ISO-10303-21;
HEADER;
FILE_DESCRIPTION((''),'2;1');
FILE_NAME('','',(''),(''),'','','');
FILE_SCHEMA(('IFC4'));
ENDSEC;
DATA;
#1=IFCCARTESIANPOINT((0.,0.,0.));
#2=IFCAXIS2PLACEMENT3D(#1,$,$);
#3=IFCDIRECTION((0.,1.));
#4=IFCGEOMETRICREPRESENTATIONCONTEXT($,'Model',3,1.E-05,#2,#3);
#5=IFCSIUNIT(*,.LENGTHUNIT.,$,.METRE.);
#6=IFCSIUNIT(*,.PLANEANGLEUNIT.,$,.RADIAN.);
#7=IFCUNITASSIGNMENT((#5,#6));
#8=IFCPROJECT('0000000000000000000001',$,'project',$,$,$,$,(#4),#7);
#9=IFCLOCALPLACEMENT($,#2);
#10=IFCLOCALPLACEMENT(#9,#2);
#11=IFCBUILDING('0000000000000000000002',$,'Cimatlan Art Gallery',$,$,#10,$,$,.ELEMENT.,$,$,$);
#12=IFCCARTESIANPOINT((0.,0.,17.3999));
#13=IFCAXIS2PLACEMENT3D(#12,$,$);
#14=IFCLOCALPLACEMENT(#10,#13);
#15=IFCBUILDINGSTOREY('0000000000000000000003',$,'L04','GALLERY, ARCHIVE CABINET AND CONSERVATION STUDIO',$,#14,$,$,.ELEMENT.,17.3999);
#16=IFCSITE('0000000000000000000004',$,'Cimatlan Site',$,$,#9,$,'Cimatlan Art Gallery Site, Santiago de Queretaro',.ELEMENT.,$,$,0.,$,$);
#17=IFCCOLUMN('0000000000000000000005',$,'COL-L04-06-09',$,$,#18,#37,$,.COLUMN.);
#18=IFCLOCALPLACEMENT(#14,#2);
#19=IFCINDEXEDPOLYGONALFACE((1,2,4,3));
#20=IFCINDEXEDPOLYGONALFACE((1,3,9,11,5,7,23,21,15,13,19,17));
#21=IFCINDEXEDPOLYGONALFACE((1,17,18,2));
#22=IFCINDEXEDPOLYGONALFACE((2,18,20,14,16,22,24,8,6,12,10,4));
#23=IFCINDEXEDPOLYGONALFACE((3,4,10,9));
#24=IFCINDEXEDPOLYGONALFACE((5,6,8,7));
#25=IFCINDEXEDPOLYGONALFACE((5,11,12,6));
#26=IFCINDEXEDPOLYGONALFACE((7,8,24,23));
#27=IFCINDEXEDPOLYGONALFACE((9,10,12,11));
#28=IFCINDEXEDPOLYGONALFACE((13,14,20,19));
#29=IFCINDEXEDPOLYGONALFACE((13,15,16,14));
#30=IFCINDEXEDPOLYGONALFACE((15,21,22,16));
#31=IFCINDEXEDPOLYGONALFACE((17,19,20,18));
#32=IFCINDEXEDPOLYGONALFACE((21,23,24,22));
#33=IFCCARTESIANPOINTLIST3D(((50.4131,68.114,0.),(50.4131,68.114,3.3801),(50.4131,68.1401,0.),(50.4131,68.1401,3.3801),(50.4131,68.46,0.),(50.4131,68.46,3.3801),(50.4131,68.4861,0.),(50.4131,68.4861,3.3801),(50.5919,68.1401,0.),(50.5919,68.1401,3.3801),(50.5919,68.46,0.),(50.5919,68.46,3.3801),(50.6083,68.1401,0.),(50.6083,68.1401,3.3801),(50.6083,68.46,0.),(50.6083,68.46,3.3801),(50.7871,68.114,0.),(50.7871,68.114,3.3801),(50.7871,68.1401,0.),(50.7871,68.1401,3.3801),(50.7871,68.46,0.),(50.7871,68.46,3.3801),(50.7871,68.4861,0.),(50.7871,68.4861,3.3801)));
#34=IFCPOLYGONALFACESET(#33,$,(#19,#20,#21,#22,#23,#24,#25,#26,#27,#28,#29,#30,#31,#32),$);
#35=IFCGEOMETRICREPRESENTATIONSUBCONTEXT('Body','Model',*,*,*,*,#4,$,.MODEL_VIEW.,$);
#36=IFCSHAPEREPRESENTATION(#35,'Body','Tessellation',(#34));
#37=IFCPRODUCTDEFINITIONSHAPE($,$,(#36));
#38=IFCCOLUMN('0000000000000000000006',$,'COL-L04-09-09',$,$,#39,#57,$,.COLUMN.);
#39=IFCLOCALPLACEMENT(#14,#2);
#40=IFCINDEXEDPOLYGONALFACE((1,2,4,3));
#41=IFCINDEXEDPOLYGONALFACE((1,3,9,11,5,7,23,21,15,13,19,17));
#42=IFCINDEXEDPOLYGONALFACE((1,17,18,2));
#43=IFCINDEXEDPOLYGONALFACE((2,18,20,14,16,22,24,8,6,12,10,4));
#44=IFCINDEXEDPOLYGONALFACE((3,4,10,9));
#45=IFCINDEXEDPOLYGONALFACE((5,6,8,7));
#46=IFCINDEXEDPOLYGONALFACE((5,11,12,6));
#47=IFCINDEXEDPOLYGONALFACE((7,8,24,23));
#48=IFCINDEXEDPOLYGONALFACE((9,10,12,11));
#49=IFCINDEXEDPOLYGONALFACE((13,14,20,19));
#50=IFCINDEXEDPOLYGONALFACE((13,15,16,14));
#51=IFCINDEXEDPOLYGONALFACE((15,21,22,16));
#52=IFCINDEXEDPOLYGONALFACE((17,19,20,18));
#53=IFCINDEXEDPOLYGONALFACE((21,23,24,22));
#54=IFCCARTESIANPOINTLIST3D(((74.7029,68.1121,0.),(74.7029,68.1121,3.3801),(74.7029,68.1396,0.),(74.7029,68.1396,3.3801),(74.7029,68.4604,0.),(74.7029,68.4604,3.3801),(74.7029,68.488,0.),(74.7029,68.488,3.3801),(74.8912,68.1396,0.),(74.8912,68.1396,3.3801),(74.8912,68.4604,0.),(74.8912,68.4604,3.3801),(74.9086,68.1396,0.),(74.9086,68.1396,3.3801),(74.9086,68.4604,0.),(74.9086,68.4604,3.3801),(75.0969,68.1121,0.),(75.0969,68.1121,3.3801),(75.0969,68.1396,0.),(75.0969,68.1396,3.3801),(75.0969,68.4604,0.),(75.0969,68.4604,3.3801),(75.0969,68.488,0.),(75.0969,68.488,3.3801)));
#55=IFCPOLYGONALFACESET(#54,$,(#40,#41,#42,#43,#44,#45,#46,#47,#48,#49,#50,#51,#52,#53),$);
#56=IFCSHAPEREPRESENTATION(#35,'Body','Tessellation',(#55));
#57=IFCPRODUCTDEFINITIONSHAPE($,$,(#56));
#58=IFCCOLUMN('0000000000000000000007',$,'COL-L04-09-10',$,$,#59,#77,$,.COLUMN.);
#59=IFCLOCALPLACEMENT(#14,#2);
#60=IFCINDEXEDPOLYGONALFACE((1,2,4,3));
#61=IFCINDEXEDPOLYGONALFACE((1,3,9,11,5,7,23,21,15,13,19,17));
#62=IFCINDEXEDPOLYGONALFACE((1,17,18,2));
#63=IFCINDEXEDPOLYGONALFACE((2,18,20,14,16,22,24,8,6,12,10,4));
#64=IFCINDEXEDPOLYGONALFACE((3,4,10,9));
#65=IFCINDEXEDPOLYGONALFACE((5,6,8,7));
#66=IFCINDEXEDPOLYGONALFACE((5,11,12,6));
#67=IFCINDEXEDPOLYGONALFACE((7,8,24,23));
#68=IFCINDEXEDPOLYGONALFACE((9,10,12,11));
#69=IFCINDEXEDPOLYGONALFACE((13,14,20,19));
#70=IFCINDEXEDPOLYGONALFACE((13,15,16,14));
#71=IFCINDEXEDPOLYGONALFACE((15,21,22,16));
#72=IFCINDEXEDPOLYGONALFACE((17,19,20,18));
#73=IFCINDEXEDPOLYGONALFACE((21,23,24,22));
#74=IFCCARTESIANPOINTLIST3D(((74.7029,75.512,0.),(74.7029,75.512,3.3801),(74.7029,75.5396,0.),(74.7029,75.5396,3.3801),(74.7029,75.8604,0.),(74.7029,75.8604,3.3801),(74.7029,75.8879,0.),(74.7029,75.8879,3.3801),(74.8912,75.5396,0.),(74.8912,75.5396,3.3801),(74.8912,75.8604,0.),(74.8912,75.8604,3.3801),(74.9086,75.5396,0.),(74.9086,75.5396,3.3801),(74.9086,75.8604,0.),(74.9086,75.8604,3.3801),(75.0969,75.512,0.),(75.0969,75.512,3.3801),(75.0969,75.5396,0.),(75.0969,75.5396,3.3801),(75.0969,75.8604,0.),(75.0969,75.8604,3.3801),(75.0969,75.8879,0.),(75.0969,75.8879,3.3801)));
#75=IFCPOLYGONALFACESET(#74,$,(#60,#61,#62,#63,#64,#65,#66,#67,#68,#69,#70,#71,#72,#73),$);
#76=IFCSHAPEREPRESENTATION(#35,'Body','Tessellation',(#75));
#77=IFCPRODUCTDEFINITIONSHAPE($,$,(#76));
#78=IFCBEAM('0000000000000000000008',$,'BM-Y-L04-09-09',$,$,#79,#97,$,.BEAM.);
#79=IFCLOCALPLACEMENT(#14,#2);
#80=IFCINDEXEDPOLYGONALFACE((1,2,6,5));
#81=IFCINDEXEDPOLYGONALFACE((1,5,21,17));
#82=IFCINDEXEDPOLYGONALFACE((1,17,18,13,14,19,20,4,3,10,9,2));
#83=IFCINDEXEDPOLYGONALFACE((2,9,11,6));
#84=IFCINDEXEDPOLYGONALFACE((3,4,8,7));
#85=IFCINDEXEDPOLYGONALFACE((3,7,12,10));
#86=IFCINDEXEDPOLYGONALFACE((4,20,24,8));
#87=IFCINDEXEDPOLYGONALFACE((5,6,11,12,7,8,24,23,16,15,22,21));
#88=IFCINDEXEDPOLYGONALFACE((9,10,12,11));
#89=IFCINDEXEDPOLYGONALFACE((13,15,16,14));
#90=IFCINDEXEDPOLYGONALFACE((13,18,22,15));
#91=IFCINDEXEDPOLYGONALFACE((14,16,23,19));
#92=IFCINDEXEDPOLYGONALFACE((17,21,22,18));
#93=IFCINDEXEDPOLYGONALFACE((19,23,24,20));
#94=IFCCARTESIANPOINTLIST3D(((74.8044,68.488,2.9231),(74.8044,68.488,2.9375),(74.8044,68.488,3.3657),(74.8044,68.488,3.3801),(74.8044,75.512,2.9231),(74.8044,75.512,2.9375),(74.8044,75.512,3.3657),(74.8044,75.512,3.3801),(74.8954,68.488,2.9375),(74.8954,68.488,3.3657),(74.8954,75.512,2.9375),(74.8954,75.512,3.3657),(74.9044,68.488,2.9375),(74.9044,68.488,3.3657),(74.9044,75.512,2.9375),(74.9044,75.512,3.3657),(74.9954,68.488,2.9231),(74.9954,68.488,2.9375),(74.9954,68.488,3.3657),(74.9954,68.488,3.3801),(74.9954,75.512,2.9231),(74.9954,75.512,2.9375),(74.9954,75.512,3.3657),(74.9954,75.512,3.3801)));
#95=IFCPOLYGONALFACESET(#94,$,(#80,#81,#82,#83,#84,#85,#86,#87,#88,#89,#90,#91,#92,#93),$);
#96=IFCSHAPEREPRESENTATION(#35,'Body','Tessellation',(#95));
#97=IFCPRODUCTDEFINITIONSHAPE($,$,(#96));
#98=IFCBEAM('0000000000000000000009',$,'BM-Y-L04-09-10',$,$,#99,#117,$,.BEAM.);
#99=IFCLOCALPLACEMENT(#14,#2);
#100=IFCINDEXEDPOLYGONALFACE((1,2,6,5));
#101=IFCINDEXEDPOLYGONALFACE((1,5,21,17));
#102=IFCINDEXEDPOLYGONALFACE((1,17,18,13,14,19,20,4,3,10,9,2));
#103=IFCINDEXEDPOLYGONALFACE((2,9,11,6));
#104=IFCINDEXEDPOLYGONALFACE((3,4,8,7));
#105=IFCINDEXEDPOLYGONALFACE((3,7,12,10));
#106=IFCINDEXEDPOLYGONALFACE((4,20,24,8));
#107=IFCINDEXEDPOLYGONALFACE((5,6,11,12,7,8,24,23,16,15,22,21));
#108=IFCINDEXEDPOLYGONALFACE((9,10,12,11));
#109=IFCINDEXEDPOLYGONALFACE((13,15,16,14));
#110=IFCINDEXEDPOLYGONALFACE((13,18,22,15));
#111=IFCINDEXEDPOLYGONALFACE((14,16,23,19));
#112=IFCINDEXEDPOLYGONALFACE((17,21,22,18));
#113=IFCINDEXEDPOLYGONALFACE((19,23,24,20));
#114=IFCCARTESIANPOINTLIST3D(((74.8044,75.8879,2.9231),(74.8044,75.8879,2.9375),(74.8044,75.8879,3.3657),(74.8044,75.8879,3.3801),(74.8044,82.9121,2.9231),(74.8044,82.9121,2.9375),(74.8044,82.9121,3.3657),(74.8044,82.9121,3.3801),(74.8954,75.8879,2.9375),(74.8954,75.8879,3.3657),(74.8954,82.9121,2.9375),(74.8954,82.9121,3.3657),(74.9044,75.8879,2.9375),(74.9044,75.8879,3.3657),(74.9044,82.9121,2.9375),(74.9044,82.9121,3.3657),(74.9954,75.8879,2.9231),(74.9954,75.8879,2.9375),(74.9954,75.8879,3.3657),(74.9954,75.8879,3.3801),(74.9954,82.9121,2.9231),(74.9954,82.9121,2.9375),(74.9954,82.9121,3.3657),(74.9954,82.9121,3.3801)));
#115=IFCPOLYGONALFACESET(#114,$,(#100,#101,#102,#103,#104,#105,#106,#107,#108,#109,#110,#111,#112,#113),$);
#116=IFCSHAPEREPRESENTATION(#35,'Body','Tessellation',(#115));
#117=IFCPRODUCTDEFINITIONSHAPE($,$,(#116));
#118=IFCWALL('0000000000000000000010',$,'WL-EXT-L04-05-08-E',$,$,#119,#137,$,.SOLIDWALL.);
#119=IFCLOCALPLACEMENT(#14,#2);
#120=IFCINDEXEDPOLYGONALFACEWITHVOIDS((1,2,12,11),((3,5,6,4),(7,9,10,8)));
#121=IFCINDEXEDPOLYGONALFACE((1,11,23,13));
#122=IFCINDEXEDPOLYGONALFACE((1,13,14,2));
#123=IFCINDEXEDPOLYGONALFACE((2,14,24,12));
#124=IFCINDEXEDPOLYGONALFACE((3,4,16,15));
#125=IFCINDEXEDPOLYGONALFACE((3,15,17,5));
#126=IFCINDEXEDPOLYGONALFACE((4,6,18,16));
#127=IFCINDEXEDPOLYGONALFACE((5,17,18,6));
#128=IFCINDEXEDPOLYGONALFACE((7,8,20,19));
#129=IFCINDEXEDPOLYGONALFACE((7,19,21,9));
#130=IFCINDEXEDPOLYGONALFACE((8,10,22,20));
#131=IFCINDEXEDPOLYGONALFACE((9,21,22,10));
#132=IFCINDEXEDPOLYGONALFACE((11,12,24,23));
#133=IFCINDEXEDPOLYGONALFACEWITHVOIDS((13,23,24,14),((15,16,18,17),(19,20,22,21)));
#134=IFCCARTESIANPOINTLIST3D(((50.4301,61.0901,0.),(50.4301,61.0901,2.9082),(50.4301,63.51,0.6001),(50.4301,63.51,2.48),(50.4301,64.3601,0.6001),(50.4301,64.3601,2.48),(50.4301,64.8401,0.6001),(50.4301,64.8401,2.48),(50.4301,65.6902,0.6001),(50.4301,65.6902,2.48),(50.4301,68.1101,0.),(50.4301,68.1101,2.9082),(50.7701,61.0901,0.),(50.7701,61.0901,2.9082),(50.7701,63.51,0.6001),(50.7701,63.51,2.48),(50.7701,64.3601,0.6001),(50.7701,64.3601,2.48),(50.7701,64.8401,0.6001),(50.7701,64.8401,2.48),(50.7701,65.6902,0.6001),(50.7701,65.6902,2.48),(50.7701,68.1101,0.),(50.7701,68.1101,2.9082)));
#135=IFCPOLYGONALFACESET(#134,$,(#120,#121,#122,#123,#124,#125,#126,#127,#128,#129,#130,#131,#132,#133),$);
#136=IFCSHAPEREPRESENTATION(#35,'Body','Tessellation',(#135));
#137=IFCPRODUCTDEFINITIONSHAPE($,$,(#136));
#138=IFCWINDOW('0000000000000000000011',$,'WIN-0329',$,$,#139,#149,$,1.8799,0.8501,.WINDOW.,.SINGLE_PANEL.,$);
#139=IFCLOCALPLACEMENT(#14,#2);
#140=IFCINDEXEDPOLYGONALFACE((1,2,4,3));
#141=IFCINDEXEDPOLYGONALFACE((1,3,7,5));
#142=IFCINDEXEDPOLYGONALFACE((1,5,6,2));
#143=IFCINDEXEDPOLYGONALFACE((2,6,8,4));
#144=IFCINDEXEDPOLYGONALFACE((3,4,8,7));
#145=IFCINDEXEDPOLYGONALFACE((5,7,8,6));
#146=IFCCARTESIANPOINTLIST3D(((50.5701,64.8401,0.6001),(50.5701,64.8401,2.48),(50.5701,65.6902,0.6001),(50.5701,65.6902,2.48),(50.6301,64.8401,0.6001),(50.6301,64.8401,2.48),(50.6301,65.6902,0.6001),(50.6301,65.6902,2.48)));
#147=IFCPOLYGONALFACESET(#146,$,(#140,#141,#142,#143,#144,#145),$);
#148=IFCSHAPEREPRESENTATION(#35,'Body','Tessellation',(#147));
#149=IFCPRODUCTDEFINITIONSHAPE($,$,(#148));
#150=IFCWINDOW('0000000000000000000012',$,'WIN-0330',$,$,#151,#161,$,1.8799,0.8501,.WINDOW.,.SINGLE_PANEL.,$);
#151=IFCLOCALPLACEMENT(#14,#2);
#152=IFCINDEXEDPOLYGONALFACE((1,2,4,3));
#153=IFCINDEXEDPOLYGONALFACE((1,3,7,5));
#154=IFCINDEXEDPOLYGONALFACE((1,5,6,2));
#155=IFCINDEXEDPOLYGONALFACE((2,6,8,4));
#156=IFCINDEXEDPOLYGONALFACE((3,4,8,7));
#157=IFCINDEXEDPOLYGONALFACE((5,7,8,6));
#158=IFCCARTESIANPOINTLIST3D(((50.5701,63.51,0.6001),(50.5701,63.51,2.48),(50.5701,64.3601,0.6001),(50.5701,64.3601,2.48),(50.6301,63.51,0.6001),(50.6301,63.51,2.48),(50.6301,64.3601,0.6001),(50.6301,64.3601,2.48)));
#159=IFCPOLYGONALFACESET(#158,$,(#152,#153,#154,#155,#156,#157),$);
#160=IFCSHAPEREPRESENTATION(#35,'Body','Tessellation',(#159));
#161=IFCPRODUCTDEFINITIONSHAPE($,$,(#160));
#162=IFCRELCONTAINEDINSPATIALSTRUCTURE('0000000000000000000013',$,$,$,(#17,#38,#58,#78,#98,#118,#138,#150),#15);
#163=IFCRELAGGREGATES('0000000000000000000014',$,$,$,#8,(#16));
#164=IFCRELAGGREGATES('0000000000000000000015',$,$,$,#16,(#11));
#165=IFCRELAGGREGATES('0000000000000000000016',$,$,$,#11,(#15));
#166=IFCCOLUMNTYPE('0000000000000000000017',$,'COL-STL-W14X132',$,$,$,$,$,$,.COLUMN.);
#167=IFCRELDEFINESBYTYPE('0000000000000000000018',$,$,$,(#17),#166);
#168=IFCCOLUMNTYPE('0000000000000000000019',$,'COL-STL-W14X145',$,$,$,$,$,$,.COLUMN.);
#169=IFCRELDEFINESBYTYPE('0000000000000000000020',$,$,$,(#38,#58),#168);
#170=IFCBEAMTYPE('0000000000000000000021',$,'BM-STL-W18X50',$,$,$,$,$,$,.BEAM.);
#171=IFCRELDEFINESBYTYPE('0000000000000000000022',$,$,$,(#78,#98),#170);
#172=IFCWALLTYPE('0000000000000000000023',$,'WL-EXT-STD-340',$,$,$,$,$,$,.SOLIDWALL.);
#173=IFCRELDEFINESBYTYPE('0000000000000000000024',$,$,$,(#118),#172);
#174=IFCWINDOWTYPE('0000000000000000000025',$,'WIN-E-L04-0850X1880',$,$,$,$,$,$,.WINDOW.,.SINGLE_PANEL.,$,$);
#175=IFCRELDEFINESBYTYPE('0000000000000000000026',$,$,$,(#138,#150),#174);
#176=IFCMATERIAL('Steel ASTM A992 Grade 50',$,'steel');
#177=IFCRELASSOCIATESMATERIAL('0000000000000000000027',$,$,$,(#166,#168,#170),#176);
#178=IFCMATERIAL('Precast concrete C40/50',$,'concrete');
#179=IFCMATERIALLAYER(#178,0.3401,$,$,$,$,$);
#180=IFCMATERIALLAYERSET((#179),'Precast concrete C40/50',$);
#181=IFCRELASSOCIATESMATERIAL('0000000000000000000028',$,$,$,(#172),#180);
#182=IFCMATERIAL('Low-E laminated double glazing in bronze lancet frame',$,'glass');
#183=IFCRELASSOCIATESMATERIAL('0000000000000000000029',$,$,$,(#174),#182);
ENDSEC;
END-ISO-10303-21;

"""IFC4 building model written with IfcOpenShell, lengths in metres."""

from ifc_helpers import new_model, si_unit, direction, frame, frame_2d, origin, origin_2d, place, context, subcontext, project, spatial, rectangle, i_section, extrude, material, layer, layer_set, material_profile, profile_set, type_object, element, fill, save


model = new_model("IFC4")

# Units and contexts
model_context = context("Model", 3, precision=1e-05, world=origin(), true_north=direction((0.0, 1.0)))
body_context = subcontext(model_context, "Body", "Model", "MODEL_VIEW")
ifc_project = project(units=[si_unit("LENGTHUNIT", "METRE"), si_unit("PLANEANGLEUNIT", "RADIAN")], contexts=[model_context])

# Site, building, storey
site_placement = place(None, origin())
site = spatial("IfcSite", under=ifc_project, at=site_placement, Name="Cimatlan Site", LongName="Cimatlan Art Gallery Site, Santiago de Queretaro", CompositionType="ELEMENT", RefElevation=0.0)
building_placement = place(site_placement, origin())
building = spatial("IfcBuilding", under=site, at=building_placement, Name="Cimatlan Art Gallery", CompositionType="ELEMENT")
storey_placement = place(building_placement, frame((0.0, 0.0, 17.3999)))
storey = spatial("IfcBuildingStorey", under=building, at=storey_placement, Name="L04", Description="GALLERY, ARCHIVE CABINET AND CONSERVATION STUDIO", CompositionType="ELEMENT", Elevation=17.3999)

# Columns
ifc_material_1 = material(Name="Steel ASTM A992 Grade 50", Category="steel")
ifc_material_profile_1 = material_profile(ifc_material_1, i_section(OverallWidth=0.374, OverallDepth=0.3721, WebThickness=0.0164, FlangeThickness=0.0261, at=origin_2d()), Name="W14X132")
ifc_profile_set_1 = profile_set([ifc_material_profile_1], Name="Steel ASTM A992 Grade 50")
column_type_1 = type_object("IfcColumnType", Name="COL-STL-W14X132", PredefinedType="COLUMN", material=ifc_profile_set_1)
column_placement = place(storey_placement, frame((50.6001, 68.3, 0.0), z_axis=(0.0, 0.0, 1.0), x_axis=(1.0, 0.0, 0.0)))
element("IfcColumn", 1, at=column_placement, inside=storey, type_object=column_type_1, Name="COL-L04-06-09", PredefinedType="COLUMN", context=body_context, shape_type="SweptSolid", body=[
    extrude(i_section(OverallWidth=0.374, OverallDepth=0.3721, WebThickness=0.0164, FlangeThickness=0.0261, at=origin_2d()), origin(), (0.0, 0.0, 1.0), 3.3801),
])
ifc_material_profile_2 = material_profile(ifc_material_1, i_section(OverallWidth=0.394, OverallDepth=0.376, WebThickness=0.0173, FlangeThickness=0.0276, at=origin_2d()), Name="W14X145")
ifc_profile_set_2 = profile_set([ifc_material_profile_2], Name="Steel ASTM A992 Grade 50")
column_type_2 = type_object("IfcColumnType", Name="COL-STL-W14X145", PredefinedType="COLUMN", material=ifc_profile_set_2)
for number, where, z_axis, x_axis, name in (
    (2, (74.8999, 68.3, 0.0), (0.0, 0.0, 1.0), (1.0, 0.0, 0.0), "COL-L04-09-09"),
    (3, (74.8999, 75.7, 0.0), (0.0, 0.0, 1.0), (1.0, 0.0, 0.0), "COL-L04-09-10"),
):
    element("IfcColumn", number, at=place(storey_placement, frame(where, z_axis=z_axis, x_axis=x_axis)), inside=storey, type_object=column_type_2, Name=name, PredefinedType="COLUMN", context=body_context, shape_type="SweptSolid", body=[
        extrude(i_section(OverallWidth=0.394, OverallDepth=0.376, WebThickness=0.0173, FlangeThickness=0.0276, at=origin_2d()), origin(), (0.0, 0.0, 1.0), 3.3801),
    ])

# Beams
ifc_material_profile_3 = material_profile(ifc_material_1, i_section(OverallWidth=0.1909, OverallDepth=0.457, WebThickness=0.009, FlangeThickness=0.0144, at=origin_2d()), Name="W18X50")
ifc_profile_set_3 = profile_set([ifc_material_profile_3], Name="Steel ASTM A992 Grade 50")
beam_type = type_object("IfcBeamType", Name="BM-STL-W18X50", PredefinedType="BEAM", material=ifc_profile_set_3)
beam_1_placement = place(storey_placement, frame((74.8999, 68.488, 3.1516), z_axis=(0.0, 1.0, 0.0), x_axis=(-1.0, 0.0, 0.0)))
element("IfcBeam", 4, at=beam_1_placement, inside=storey, type_object=beam_type, Name="BM-Y-L04-09-09", PredefinedType="BEAM", context=body_context, shape_type="SweptSolid", body=[
    extrude(i_section(OverallWidth=0.1909, OverallDepth=0.457, WebThickness=0.009, FlangeThickness=0.0144, at=origin_2d()), origin(), (0.0, 0.0, 1.0), 7.0239),
])
beam_2_placement = place(storey_placement, frame((74.8999, 75.8879, 3.1516), z_axis=(0.0, 1.0, 0.0), x_axis=(-1.0, 0.0, 0.0)))
element("IfcBeam", 5, at=beam_2_placement, inside=storey, type_object=beam_type, Name="BM-Y-L04-09-10", PredefinedType="BEAM", context=body_context, shape_type="SweptSolid", body=[
    extrude(i_section(OverallWidth=0.1909, OverallDepth=0.457, WebThickness=0.009, FlangeThickness=0.0144, at=origin_2d()), origin(), (0.0, 0.0, 1.0), 7.0242),
])

# Wall, openings, windows
ifc_material_2 = material(Name="Precast concrete C40/50", Category="concrete")
ifc_layer = layer(ifc_material_2, 0.3401)
ifc_layer_set = layer_set([ifc_layer], Name="Precast concrete C40/50")
wall_type = type_object("IfcWallType", Name="WL-EXT-STD-340", PredefinedType="SOLIDWALL", material=ifc_layer_set)
wall_1_placement = place(storey_placement, frame((50.6001, 68.1101, 0.0), z_axis=(0.0, 0.0, 1.0), x_axis=(0.0, -1.0, 0.0)))
wall_1 = element("IfcWall", 6, at=wall_1_placement, inside=storey, type_object=wall_type, Name="WL-EXT-L04-05-08-E", PredefinedType="SOLIDWALL", context=body_context, shape_type="SweptSolid", body=[
    extrude(rectangle(XDim=7.02, YDim=0.3401, at=frame_2d((3.51, 0.0))), origin(), (0.0, 0.0, 1.0), 2.9082),
])
opening_1_placement = place(wall_1_placement, frame((2.4199, 0.0, 0.6001)))
opening_1 = element("IfcOpeningElement", 7, at=opening_1_placement, cuts=wall_1, PredefinedType="OPENING", context=body_context, shape_type="SweptSolid", body=[
    extrude(rectangle(XDim=0.8501, YDim=1.8799, at=frame_2d((0.425, 0.9399))), frame((0.0, 0.1802, 0.0), z_axis=(0.0, -1.0, 0.0), x_axis=(1.0, 0.0, 0.0)), (0.0, 0.0, 1.0), 0.3601),
])
opening_2_placement = place(wall_1_placement, frame((3.75, 0.0, 0.6001)))
opening_2 = element("IfcOpeningElement", 8, at=opening_2_placement, cuts=wall_1, PredefinedType="OPENING", context=body_context, shape_type="SweptSolid", body=[
    extrude(rectangle(XDim=0.8501, YDim=1.8799, at=frame_2d((0.425, 0.9399))), frame((0.0, 0.1802, 0.0), z_axis=(0.0, -1.0, 0.0), x_axis=(1.0, 0.0, 0.0)), (0.0, 0.0, 1.0), 0.3601),
])
ifc_material_3 = material(Name="Low-E laminated double glazing in bronze lancet frame", Category="glass")
window_type_1 = type_object("IfcWindowType", Name="WIN-E-L04-0850X1880", PartitioningType="SINGLE_PANEL", PredefinedType="WINDOW", material=ifc_material_3)
window_1_placement = place(opening_1_placement, origin())
window_1 = element("IfcWindow", 9, at=window_1_placement, inside=storey, type_object=window_type_1, Name="WIN-0329", OverallHeight=1.8799, OverallWidth=0.8501, PartitioningType="SINGLE_PANEL", PredefinedType="WINDOW", context=body_context, shape_type="SweptSolid", body=[
    extrude(rectangle(XDim=0.8501, YDim=1.8799, at=frame_2d((0.425, 0.9399))), frame((0.0, 0.03, 0.0), z_axis=(0.0, -1.0, 0.0), x_axis=(1.0, 0.0, 0.0)), (0.0, 0.0, 1.0), 0.0601),
])
fill(opening_1, window_1)
window_2_placement = place(opening_2_placement, origin())
window_2 = element("IfcWindow", 10, at=window_2_placement, inside=storey, type_object=window_type_1, Name="WIN-0330", OverallHeight=1.8799, OverallWidth=0.8501, PartitioningType="SINGLE_PANEL", PredefinedType="WINDOW", context=body_context, shape_type="SweptSolid", body=[
    extrude(rectangle(XDim=0.8501, YDim=1.8799, at=frame_2d((0.425, 0.9399))), frame((0.0, 0.03, 0.0), z_axis=(0.0, -1.0, 0.0), x_axis=(1.0, 0.0, 0.0)), (0.0, 0.0, 1.0), 0.0601),
])
fill(opening_2, window_2)

save(model, "model.ifc")
